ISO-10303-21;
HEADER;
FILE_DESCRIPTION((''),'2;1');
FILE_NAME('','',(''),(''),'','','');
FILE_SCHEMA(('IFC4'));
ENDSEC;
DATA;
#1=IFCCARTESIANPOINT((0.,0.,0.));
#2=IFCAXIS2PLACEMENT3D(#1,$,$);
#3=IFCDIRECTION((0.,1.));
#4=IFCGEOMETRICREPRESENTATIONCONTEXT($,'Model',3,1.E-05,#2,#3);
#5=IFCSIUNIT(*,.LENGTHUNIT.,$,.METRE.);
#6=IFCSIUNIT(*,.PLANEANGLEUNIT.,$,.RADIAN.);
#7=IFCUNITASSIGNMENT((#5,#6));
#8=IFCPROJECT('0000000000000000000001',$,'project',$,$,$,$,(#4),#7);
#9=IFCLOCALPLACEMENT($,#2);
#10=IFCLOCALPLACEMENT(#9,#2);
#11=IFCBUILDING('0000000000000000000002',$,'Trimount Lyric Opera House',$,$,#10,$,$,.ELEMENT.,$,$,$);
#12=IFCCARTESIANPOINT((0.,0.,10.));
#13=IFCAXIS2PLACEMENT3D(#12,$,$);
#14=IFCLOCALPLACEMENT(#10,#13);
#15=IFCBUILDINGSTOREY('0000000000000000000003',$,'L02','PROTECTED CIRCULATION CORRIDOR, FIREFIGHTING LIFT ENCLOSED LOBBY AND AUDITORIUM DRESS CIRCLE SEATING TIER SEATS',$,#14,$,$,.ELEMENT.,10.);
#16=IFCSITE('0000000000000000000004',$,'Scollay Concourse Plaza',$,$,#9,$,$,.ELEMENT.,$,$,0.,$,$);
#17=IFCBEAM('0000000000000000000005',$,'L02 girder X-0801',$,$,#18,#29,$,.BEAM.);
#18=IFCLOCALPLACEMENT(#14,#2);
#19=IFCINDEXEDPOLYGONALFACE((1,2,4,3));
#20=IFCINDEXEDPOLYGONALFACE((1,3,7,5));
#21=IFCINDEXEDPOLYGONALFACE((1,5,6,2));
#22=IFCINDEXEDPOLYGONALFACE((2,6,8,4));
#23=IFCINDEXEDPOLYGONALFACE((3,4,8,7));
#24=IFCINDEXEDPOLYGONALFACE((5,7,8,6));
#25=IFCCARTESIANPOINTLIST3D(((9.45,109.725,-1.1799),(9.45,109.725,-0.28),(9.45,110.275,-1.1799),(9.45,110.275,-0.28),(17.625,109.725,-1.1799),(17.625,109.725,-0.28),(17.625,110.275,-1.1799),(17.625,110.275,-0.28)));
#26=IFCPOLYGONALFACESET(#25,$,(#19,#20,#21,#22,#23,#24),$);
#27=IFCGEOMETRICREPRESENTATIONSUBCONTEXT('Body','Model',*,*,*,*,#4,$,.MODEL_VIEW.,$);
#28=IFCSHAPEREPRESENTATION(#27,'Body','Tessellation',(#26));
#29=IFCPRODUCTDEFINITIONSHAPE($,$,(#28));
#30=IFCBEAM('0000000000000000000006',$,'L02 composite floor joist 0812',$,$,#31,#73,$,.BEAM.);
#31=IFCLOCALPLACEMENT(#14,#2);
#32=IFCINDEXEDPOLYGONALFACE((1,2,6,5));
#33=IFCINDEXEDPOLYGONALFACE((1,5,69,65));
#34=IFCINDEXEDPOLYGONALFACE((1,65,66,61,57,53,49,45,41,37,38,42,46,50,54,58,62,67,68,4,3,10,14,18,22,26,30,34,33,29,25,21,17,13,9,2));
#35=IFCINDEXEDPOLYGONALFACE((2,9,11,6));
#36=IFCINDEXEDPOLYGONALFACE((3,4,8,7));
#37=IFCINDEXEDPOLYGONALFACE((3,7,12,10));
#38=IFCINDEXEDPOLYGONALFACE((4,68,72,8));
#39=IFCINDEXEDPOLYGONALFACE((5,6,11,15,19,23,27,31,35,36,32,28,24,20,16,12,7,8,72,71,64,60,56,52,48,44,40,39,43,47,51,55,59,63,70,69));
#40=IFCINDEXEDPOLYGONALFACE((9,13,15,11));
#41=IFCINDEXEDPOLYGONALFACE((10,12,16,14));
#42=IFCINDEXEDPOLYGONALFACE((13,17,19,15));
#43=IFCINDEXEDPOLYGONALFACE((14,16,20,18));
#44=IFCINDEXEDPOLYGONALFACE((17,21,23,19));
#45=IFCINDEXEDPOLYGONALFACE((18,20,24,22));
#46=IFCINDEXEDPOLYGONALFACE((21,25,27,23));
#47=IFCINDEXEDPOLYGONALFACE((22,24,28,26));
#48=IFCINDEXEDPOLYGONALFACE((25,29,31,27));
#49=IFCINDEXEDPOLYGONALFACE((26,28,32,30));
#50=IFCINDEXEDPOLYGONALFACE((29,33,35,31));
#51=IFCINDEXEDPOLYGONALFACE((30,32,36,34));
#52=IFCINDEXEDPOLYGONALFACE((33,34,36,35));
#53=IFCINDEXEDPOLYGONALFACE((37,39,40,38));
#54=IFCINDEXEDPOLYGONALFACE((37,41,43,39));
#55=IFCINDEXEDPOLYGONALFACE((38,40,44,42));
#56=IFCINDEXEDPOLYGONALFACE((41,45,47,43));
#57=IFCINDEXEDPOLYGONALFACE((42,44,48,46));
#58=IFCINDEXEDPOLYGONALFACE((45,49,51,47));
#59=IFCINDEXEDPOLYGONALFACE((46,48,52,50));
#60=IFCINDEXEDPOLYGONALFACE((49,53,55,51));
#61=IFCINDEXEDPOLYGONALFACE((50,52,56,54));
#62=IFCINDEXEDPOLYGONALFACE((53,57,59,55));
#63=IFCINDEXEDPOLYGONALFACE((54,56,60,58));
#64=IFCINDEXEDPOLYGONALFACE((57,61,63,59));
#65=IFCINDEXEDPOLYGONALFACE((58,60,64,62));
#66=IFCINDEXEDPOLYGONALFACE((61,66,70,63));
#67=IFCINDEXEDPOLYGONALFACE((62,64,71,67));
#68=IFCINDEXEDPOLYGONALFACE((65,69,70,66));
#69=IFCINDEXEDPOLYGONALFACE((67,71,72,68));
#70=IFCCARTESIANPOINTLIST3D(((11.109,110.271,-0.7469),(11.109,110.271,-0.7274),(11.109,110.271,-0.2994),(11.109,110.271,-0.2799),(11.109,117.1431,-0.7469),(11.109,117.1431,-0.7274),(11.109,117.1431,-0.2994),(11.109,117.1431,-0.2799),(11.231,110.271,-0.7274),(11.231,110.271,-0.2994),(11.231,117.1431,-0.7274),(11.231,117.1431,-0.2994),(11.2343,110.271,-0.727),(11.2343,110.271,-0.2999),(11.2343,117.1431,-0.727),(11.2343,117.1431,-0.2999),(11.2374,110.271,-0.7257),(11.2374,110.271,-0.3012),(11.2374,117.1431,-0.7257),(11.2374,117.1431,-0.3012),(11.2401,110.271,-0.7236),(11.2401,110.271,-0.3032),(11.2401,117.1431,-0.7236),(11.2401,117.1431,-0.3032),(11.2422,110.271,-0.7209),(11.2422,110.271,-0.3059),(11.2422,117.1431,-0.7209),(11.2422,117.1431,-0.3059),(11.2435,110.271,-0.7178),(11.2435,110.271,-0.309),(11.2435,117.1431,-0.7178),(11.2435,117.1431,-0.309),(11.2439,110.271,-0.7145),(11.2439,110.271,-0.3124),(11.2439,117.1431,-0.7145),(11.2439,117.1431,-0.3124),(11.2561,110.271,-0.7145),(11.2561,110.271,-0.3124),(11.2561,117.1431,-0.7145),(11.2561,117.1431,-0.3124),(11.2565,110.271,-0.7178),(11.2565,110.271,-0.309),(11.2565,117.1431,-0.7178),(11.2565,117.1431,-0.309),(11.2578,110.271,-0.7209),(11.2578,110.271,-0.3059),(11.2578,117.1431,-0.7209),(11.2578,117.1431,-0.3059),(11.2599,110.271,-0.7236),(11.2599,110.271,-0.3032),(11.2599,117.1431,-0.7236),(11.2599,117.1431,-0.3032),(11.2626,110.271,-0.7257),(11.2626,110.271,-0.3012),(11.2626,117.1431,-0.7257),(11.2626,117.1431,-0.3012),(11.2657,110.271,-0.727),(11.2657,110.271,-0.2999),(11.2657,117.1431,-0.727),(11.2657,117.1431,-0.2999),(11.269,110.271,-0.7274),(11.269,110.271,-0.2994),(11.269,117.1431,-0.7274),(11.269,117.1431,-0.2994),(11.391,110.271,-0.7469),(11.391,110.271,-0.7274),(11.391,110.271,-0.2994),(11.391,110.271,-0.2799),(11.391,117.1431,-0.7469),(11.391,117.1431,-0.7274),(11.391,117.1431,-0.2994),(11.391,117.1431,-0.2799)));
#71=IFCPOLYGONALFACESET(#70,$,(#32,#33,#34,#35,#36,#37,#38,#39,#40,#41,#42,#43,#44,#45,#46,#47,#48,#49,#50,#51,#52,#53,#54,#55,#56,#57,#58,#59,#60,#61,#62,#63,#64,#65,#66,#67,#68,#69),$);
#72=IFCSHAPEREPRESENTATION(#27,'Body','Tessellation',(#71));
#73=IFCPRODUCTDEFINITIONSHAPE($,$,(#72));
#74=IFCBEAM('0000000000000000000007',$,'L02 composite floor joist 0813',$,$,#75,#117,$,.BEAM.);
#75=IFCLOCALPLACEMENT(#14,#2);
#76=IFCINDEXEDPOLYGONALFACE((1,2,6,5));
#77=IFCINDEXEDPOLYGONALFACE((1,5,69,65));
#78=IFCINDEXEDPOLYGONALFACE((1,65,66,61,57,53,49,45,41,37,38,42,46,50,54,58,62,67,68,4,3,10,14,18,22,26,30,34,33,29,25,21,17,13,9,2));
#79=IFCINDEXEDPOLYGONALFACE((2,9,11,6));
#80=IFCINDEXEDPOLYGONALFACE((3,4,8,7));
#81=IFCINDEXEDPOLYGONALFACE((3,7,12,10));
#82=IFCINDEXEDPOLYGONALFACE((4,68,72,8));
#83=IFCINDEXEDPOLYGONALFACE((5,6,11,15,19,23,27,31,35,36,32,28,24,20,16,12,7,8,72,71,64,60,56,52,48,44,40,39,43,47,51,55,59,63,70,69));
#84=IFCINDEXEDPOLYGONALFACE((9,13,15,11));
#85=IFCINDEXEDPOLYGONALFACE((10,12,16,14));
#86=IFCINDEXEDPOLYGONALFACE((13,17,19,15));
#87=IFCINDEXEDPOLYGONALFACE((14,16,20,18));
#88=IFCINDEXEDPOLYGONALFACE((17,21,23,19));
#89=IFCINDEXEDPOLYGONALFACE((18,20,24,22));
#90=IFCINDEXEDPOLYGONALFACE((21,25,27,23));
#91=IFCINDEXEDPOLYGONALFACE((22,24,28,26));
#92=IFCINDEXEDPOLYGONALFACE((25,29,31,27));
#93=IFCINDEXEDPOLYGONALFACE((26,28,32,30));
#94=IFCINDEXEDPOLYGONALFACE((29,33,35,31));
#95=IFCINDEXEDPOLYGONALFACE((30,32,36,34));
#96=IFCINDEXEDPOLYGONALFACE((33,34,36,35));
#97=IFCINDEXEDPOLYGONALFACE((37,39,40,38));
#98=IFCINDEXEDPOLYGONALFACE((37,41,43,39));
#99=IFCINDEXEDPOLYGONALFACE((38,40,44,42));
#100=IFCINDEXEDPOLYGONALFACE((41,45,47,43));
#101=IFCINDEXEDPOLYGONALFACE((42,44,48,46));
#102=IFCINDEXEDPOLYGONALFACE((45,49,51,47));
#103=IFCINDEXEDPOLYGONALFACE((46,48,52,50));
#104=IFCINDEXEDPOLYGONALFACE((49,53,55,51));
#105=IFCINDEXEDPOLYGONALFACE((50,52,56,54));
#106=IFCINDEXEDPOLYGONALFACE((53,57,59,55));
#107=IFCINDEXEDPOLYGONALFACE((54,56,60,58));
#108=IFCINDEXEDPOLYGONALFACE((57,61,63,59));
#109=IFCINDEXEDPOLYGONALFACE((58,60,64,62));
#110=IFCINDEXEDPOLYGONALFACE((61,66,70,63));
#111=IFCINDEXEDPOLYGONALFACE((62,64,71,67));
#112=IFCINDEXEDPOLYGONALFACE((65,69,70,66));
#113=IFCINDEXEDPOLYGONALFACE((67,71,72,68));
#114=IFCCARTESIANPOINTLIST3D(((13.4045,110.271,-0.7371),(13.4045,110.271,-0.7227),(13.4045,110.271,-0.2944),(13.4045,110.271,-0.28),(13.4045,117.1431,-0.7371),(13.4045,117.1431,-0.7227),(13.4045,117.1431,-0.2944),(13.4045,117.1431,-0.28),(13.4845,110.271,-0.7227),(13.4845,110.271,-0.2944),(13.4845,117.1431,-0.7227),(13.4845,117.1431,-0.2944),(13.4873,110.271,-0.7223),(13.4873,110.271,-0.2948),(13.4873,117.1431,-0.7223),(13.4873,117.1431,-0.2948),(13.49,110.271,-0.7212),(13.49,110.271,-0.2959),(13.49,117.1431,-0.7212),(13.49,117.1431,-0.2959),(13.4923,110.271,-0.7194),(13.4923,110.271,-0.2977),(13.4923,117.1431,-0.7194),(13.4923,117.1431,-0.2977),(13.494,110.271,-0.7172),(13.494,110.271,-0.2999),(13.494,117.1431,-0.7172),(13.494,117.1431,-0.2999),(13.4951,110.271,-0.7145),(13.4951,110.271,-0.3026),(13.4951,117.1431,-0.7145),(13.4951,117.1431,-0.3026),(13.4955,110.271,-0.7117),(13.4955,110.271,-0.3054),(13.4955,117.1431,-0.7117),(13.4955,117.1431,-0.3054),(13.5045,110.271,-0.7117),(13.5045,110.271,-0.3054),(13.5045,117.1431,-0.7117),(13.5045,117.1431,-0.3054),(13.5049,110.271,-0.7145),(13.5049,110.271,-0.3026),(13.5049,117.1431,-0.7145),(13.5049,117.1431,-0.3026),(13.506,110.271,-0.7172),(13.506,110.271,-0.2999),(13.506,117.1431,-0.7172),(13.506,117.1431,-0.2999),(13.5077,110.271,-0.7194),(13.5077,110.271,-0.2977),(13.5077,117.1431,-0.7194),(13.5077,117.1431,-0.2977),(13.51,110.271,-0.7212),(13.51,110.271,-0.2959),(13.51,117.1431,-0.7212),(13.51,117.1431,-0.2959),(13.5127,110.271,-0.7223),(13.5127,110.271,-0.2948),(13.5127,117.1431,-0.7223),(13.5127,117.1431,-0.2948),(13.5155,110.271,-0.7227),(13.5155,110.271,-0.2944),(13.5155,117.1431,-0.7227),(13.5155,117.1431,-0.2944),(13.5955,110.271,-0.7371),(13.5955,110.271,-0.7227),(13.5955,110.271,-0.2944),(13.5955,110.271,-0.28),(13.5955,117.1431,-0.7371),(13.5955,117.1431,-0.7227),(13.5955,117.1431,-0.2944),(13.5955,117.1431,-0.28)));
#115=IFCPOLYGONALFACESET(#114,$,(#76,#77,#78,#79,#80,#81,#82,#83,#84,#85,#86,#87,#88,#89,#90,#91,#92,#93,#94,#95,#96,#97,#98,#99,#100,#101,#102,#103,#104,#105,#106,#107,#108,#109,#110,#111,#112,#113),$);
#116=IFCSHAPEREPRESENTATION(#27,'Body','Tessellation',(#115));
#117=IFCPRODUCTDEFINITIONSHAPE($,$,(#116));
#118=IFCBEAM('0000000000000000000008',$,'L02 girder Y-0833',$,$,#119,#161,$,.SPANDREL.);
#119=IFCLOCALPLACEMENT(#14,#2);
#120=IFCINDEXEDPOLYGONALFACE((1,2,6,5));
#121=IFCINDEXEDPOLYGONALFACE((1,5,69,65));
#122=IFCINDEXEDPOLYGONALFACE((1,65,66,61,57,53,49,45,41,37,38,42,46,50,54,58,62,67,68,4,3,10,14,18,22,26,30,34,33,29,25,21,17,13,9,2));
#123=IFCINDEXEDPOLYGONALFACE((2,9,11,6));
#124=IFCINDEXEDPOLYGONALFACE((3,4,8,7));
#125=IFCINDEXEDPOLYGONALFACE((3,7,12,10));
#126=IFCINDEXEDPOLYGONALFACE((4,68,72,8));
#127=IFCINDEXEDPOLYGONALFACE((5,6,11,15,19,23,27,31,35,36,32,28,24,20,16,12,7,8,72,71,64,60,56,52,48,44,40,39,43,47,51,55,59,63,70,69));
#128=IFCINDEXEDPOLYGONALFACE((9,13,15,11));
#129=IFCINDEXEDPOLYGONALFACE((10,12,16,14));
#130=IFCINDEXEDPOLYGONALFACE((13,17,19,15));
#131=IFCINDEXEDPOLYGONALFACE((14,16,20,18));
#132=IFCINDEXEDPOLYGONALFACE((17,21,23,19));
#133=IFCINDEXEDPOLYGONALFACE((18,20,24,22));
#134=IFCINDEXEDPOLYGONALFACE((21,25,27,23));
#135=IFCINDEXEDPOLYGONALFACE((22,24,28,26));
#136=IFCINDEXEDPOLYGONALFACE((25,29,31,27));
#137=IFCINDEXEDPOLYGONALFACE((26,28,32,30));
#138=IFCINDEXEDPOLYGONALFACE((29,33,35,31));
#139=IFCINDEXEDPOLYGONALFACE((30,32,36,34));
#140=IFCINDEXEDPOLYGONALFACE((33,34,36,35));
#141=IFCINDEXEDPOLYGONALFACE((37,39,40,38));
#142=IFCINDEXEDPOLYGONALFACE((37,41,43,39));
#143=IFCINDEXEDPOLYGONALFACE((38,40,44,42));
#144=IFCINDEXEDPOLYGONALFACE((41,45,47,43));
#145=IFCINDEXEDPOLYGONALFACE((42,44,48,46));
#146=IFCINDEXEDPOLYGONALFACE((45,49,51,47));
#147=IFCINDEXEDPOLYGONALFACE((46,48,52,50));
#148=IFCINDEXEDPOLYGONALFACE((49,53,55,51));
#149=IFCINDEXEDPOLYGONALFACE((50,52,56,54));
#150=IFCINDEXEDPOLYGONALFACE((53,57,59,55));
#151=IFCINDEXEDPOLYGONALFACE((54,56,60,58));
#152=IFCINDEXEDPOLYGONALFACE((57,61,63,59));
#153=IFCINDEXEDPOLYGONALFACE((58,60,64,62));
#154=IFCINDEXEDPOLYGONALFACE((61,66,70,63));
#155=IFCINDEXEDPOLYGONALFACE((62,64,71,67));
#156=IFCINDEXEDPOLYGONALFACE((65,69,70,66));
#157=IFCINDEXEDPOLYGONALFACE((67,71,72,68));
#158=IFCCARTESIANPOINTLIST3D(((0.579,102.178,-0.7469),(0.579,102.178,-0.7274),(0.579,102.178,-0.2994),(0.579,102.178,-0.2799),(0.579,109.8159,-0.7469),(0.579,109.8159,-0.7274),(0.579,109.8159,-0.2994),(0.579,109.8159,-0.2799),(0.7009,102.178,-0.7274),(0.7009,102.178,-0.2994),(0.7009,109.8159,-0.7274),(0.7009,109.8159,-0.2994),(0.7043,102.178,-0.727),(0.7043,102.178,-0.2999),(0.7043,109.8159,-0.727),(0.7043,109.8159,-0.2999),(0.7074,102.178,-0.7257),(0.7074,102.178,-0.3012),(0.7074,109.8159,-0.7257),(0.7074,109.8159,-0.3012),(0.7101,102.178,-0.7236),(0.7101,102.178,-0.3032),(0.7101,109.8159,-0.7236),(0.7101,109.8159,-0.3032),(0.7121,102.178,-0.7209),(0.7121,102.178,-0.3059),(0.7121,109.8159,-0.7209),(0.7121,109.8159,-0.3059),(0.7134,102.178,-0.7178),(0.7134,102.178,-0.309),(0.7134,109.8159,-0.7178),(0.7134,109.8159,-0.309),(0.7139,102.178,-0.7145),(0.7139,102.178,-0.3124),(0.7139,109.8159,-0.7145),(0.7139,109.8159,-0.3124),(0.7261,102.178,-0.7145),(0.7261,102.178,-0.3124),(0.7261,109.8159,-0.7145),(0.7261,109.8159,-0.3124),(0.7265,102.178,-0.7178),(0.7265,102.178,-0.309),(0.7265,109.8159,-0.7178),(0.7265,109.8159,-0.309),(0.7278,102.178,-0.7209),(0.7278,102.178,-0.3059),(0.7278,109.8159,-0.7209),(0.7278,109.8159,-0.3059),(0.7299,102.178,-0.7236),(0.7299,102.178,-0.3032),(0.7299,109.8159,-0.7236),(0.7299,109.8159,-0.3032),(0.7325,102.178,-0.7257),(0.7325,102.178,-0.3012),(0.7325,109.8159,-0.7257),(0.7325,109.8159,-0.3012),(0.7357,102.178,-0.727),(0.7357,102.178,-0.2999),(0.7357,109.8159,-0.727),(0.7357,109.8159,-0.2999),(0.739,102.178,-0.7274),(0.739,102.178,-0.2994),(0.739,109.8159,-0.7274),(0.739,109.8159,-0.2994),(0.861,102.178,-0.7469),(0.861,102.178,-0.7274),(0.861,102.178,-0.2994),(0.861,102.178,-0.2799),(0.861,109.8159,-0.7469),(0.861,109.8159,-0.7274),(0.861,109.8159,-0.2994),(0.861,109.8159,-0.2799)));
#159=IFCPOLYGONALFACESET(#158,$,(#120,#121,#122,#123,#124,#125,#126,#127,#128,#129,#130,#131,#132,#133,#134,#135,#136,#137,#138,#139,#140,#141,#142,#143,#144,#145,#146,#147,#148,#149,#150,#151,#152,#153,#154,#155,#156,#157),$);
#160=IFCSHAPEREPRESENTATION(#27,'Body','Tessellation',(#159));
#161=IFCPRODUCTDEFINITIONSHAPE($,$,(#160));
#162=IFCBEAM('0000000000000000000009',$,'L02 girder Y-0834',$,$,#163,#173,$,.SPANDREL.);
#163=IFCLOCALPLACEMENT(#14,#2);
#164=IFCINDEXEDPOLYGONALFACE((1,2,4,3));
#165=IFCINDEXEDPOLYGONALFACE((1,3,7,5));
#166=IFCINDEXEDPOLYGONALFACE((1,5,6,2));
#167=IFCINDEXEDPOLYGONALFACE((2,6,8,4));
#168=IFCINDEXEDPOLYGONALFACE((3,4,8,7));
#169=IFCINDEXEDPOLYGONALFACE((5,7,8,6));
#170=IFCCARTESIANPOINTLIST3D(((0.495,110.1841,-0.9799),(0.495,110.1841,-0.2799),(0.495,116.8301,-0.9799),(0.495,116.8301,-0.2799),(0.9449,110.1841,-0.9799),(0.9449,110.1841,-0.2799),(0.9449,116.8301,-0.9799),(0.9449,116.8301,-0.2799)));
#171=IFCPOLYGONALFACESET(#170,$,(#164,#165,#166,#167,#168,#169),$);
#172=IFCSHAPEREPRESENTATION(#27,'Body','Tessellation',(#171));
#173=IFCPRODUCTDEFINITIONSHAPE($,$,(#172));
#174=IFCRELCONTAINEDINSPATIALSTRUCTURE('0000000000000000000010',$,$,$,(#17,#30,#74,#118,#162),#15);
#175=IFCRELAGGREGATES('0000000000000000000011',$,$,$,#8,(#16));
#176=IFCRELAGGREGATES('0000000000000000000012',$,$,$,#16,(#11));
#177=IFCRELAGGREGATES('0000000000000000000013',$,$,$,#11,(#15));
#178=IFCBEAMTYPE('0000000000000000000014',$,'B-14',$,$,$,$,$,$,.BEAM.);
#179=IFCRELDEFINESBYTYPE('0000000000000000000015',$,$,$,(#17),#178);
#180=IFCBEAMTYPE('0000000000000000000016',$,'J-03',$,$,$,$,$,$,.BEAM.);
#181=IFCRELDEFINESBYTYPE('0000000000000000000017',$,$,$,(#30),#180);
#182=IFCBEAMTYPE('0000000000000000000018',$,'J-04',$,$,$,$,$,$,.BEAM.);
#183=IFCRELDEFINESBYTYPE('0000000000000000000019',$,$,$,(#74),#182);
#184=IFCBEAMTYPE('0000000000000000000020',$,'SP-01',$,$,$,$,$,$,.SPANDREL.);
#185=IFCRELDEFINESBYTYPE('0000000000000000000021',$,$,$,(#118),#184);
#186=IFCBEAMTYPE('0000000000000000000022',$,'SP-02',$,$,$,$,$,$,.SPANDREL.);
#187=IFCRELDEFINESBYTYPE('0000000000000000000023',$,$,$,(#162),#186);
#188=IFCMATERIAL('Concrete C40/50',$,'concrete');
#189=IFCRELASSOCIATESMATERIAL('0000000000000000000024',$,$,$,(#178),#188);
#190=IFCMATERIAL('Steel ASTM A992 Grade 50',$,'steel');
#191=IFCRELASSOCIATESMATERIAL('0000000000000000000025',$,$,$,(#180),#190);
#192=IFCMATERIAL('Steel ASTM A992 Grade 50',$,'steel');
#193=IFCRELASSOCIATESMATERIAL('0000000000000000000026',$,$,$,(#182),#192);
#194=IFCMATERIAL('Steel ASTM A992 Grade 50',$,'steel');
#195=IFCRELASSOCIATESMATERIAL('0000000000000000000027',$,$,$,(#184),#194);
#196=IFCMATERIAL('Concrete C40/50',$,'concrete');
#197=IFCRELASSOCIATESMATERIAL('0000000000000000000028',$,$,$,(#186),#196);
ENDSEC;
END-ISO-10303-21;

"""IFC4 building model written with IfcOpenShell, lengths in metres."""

from ifc_helpers import new_model, si_unit, direction, frame, origin, origin_2d, place, context, subcontext, project, spatial, rectangle, i_section, extrude, material, material_profile, profile_set, type_object, element, save


model = new_model("IFC4")

# Units and contexts
model_context = context("Model", 3, precision=1e-05, world=origin(), true_north=direction((0.0, 1.0)))
body_context = subcontext(model_context, "Body", "Model", "MODEL_VIEW")
ifc_project = project(units=[si_unit("LENGTHUNIT", "METRE"), si_unit("PLANEANGLEUNIT", "RADIAN")], contexts=[model_context])

# Site, building, storey
site_placement = place(None, origin())
site = spatial("IfcSite", under=ifc_project, at=site_placement, Name="Scollay Concourse Plaza", CompositionType="ELEMENT", RefElevation=0.0)
building_placement = place(site_placement, origin())
building = spatial("IfcBuilding", under=site, at=building_placement, Name="Trimount Lyric Opera House", CompositionType="ELEMENT")
storey_placement = place(building_placement, frame((0.0, 0.0, 10.0)))
storey = spatial("IfcBuildingStorey", under=building, at=storey_placement, Name="L02", Description="PROTECTED CIRCULATION CORRIDOR, FIREFIGHTING LIFT ENCLOSED LOBBY AND AUDITORIUM DRESS CIRCLE SEATING TIER SEATS", CompositionType="ELEMENT", Elevation=10.0)

# Beams
ifc_material_1 = material(Name="Concrete C40/50", Category="concrete")
ifc_material_profile_1 = material_profile(ifc_material_1, rectangle(XDim=0.55, YDim=0.8999, at=origin_2d()), Name="RC550X900")
ifc_profile_set_1 = profile_set([ifc_material_profile_1], Name="Concrete C40/50")
beam_type_1 = type_object("IfcBeamType", Name="B-14", PredefinedType="BEAM", material=ifc_profile_set_1)
beam_1_placement = place(storey_placement, frame((9.45, 110.0, -0.73), z_axis=(1.0, 0.0, 0.0), x_axis=(0.0, 1.0, 0.0)))
element("IfcBeam", 1, at=beam_1_placement, inside=storey, type_object=beam_type_1, Name="L02 girder X-0801", PredefinedType="BEAM", context=body_context, shape_type="SweptSolid", body=[
    extrude(rectangle(XDim=0.55, YDim=0.8999, at=origin_2d()), origin(), (0.0, 0.0, 1.0), 8.175),
])
ifc_material_2 = material(Name="Steel ASTM A992 Grade 50", Category="steel")
ifc_material_profile_2 = material_profile(ifc_material_2, i_section(OverallWidth=0.282, OverallDepth=0.467, WebThickness=0.0122, FlangeThickness=0.0195, FilletRadius=0.0129, at=origin_2d()), Name="W18X86")
ifc_profile_set_2 = profile_set([ifc_material_profile_2], Name="Steel ASTM A992 Grade 50")
beam_type_2 = type_object("IfcBeamType", Name="J-03", PredefinedType="BEAM", material=ifc_profile_set_2)
beam_2_placement = place(storey_placement, frame((11.25, 110.271, -0.5134), z_axis=(0.0, 1.0, 0.0), x_axis=(-1.0, 0.0, 0.0)))
element("IfcBeam", 2, at=beam_2_placement, inside=storey, type_object=beam_type_2, Name="L02 composite floor joist 0812", PredefinedType="BEAM", context=body_context, shape_type="SweptSolid", body=[
    extrude(i_section(OverallWidth=0.282, OverallDepth=0.467, WebThickness=0.0122, FlangeThickness=0.0195, FilletRadius=0.0129, at=origin_2d()), origin(), (0.0, 0.0, 1.0), 6.8721),
])
ifc_material_3 = material(Name="Steel ASTM A992 Grade 50", Category="steel")
ifc_material_profile_3 = material_profile(ifc_material_3, i_section(OverallWidth=0.1909, OverallDepth=0.457, WebThickness=0.009, FlangeThickness=0.0144, FilletRadius=0.011, at=origin_2d()), Name="W18X50")
ifc_profile_set_3 = profile_set([ifc_material_profile_3], Name="Steel ASTM A992 Grade 50")
beam_type_3 = type_object("IfcBeamType", Name="J-04", PredefinedType="BEAM", material=ifc_profile_set_3)
beam_3_placement = place(storey_placement, frame((13.5, 110.271, -0.5085), z_axis=(0.0, 1.0, 0.0), x_axis=(-1.0, 0.0, 0.0)))
element("IfcBeam", 3, at=beam_3_placement, inside=storey, type_object=beam_type_3, Name="L02 composite floor joist 0813", PredefinedType="BEAM", context=body_context, shape_type="SweptSolid", body=[
    extrude(i_section(OverallWidth=0.1909, OverallDepth=0.457, WebThickness=0.009, FlangeThickness=0.0144, FilletRadius=0.011, at=origin_2d()), origin(), (0.0, 0.0, 1.0), 6.8721),
])
ifc_material_4 = material(Name="Steel ASTM A992 Grade 50", Category="steel")
ifc_material_profile_4 = material_profile(ifc_material_4, i_section(OverallWidth=0.282, OverallDepth=0.467, WebThickness=0.0122, FlangeThickness=0.0195, FilletRadius=0.0129, at=origin_2d()), Name="W18X86")
ifc_profile_set_4 = profile_set([ifc_material_profile_4], Name="Steel ASTM A992 Grade 50")
beam_type_4 = type_object("IfcBeamType", Name="SP-01", PredefinedType="SPANDREL", material=ifc_profile_set_4)
beam_4_placement = place(storey_placement, frame((0.72, 102.178, -0.5134), z_axis=(0.0, 1.0, 0.0), x_axis=(-1.0, 0.0, 0.0)))
element("IfcBeam", 4, at=beam_4_placement, inside=storey, type_object=beam_type_4, Name="L02 girder Y-0833", PredefinedType="SPANDREL", context=body_context, shape_type="SweptSolid", body=[
    extrude(i_section(OverallWidth=0.282, OverallDepth=0.467, WebThickness=0.0122, FlangeThickness=0.0195, FilletRadius=0.0129, at=origin_2d()), origin(), (0.0, 0.0, 1.0), 7.6379),
])
ifc_material_5 = material(Name="Concrete C40/50", Category="concrete")
ifc_material_profile_5 = material_profile(ifc_material_5, rectangle(XDim=0.45, YDim=0.7, at=origin_2d()), Name="RC450X700")
ifc_profile_set_5 = profile_set([ifc_material_profile_5], Name="Concrete C40/50")
beam_type_5 = type_object("IfcBeamType", Name="SP-02", PredefinedType="SPANDREL", material=ifc_profile_set_5)
beam_5_placement = place(storey_placement, frame((0.72, 110.1841, -0.6299), z_axis=(0.0, 1.0, 0.0), x_axis=(-1.0, 0.0, 0.0)))
element("IfcBeam", 5, at=beam_5_placement, inside=storey, type_object=beam_type_5, Name="L02 girder Y-0834", PredefinedType="SPANDREL", context=body_context, shape_type="SweptSolid", body=[
    extrude(rectangle(XDim=0.45, YDim=0.7, at=origin_2d()), origin(), (0.0, 0.0, 1.0), 6.646),
])

save(model, "model.ifc")
